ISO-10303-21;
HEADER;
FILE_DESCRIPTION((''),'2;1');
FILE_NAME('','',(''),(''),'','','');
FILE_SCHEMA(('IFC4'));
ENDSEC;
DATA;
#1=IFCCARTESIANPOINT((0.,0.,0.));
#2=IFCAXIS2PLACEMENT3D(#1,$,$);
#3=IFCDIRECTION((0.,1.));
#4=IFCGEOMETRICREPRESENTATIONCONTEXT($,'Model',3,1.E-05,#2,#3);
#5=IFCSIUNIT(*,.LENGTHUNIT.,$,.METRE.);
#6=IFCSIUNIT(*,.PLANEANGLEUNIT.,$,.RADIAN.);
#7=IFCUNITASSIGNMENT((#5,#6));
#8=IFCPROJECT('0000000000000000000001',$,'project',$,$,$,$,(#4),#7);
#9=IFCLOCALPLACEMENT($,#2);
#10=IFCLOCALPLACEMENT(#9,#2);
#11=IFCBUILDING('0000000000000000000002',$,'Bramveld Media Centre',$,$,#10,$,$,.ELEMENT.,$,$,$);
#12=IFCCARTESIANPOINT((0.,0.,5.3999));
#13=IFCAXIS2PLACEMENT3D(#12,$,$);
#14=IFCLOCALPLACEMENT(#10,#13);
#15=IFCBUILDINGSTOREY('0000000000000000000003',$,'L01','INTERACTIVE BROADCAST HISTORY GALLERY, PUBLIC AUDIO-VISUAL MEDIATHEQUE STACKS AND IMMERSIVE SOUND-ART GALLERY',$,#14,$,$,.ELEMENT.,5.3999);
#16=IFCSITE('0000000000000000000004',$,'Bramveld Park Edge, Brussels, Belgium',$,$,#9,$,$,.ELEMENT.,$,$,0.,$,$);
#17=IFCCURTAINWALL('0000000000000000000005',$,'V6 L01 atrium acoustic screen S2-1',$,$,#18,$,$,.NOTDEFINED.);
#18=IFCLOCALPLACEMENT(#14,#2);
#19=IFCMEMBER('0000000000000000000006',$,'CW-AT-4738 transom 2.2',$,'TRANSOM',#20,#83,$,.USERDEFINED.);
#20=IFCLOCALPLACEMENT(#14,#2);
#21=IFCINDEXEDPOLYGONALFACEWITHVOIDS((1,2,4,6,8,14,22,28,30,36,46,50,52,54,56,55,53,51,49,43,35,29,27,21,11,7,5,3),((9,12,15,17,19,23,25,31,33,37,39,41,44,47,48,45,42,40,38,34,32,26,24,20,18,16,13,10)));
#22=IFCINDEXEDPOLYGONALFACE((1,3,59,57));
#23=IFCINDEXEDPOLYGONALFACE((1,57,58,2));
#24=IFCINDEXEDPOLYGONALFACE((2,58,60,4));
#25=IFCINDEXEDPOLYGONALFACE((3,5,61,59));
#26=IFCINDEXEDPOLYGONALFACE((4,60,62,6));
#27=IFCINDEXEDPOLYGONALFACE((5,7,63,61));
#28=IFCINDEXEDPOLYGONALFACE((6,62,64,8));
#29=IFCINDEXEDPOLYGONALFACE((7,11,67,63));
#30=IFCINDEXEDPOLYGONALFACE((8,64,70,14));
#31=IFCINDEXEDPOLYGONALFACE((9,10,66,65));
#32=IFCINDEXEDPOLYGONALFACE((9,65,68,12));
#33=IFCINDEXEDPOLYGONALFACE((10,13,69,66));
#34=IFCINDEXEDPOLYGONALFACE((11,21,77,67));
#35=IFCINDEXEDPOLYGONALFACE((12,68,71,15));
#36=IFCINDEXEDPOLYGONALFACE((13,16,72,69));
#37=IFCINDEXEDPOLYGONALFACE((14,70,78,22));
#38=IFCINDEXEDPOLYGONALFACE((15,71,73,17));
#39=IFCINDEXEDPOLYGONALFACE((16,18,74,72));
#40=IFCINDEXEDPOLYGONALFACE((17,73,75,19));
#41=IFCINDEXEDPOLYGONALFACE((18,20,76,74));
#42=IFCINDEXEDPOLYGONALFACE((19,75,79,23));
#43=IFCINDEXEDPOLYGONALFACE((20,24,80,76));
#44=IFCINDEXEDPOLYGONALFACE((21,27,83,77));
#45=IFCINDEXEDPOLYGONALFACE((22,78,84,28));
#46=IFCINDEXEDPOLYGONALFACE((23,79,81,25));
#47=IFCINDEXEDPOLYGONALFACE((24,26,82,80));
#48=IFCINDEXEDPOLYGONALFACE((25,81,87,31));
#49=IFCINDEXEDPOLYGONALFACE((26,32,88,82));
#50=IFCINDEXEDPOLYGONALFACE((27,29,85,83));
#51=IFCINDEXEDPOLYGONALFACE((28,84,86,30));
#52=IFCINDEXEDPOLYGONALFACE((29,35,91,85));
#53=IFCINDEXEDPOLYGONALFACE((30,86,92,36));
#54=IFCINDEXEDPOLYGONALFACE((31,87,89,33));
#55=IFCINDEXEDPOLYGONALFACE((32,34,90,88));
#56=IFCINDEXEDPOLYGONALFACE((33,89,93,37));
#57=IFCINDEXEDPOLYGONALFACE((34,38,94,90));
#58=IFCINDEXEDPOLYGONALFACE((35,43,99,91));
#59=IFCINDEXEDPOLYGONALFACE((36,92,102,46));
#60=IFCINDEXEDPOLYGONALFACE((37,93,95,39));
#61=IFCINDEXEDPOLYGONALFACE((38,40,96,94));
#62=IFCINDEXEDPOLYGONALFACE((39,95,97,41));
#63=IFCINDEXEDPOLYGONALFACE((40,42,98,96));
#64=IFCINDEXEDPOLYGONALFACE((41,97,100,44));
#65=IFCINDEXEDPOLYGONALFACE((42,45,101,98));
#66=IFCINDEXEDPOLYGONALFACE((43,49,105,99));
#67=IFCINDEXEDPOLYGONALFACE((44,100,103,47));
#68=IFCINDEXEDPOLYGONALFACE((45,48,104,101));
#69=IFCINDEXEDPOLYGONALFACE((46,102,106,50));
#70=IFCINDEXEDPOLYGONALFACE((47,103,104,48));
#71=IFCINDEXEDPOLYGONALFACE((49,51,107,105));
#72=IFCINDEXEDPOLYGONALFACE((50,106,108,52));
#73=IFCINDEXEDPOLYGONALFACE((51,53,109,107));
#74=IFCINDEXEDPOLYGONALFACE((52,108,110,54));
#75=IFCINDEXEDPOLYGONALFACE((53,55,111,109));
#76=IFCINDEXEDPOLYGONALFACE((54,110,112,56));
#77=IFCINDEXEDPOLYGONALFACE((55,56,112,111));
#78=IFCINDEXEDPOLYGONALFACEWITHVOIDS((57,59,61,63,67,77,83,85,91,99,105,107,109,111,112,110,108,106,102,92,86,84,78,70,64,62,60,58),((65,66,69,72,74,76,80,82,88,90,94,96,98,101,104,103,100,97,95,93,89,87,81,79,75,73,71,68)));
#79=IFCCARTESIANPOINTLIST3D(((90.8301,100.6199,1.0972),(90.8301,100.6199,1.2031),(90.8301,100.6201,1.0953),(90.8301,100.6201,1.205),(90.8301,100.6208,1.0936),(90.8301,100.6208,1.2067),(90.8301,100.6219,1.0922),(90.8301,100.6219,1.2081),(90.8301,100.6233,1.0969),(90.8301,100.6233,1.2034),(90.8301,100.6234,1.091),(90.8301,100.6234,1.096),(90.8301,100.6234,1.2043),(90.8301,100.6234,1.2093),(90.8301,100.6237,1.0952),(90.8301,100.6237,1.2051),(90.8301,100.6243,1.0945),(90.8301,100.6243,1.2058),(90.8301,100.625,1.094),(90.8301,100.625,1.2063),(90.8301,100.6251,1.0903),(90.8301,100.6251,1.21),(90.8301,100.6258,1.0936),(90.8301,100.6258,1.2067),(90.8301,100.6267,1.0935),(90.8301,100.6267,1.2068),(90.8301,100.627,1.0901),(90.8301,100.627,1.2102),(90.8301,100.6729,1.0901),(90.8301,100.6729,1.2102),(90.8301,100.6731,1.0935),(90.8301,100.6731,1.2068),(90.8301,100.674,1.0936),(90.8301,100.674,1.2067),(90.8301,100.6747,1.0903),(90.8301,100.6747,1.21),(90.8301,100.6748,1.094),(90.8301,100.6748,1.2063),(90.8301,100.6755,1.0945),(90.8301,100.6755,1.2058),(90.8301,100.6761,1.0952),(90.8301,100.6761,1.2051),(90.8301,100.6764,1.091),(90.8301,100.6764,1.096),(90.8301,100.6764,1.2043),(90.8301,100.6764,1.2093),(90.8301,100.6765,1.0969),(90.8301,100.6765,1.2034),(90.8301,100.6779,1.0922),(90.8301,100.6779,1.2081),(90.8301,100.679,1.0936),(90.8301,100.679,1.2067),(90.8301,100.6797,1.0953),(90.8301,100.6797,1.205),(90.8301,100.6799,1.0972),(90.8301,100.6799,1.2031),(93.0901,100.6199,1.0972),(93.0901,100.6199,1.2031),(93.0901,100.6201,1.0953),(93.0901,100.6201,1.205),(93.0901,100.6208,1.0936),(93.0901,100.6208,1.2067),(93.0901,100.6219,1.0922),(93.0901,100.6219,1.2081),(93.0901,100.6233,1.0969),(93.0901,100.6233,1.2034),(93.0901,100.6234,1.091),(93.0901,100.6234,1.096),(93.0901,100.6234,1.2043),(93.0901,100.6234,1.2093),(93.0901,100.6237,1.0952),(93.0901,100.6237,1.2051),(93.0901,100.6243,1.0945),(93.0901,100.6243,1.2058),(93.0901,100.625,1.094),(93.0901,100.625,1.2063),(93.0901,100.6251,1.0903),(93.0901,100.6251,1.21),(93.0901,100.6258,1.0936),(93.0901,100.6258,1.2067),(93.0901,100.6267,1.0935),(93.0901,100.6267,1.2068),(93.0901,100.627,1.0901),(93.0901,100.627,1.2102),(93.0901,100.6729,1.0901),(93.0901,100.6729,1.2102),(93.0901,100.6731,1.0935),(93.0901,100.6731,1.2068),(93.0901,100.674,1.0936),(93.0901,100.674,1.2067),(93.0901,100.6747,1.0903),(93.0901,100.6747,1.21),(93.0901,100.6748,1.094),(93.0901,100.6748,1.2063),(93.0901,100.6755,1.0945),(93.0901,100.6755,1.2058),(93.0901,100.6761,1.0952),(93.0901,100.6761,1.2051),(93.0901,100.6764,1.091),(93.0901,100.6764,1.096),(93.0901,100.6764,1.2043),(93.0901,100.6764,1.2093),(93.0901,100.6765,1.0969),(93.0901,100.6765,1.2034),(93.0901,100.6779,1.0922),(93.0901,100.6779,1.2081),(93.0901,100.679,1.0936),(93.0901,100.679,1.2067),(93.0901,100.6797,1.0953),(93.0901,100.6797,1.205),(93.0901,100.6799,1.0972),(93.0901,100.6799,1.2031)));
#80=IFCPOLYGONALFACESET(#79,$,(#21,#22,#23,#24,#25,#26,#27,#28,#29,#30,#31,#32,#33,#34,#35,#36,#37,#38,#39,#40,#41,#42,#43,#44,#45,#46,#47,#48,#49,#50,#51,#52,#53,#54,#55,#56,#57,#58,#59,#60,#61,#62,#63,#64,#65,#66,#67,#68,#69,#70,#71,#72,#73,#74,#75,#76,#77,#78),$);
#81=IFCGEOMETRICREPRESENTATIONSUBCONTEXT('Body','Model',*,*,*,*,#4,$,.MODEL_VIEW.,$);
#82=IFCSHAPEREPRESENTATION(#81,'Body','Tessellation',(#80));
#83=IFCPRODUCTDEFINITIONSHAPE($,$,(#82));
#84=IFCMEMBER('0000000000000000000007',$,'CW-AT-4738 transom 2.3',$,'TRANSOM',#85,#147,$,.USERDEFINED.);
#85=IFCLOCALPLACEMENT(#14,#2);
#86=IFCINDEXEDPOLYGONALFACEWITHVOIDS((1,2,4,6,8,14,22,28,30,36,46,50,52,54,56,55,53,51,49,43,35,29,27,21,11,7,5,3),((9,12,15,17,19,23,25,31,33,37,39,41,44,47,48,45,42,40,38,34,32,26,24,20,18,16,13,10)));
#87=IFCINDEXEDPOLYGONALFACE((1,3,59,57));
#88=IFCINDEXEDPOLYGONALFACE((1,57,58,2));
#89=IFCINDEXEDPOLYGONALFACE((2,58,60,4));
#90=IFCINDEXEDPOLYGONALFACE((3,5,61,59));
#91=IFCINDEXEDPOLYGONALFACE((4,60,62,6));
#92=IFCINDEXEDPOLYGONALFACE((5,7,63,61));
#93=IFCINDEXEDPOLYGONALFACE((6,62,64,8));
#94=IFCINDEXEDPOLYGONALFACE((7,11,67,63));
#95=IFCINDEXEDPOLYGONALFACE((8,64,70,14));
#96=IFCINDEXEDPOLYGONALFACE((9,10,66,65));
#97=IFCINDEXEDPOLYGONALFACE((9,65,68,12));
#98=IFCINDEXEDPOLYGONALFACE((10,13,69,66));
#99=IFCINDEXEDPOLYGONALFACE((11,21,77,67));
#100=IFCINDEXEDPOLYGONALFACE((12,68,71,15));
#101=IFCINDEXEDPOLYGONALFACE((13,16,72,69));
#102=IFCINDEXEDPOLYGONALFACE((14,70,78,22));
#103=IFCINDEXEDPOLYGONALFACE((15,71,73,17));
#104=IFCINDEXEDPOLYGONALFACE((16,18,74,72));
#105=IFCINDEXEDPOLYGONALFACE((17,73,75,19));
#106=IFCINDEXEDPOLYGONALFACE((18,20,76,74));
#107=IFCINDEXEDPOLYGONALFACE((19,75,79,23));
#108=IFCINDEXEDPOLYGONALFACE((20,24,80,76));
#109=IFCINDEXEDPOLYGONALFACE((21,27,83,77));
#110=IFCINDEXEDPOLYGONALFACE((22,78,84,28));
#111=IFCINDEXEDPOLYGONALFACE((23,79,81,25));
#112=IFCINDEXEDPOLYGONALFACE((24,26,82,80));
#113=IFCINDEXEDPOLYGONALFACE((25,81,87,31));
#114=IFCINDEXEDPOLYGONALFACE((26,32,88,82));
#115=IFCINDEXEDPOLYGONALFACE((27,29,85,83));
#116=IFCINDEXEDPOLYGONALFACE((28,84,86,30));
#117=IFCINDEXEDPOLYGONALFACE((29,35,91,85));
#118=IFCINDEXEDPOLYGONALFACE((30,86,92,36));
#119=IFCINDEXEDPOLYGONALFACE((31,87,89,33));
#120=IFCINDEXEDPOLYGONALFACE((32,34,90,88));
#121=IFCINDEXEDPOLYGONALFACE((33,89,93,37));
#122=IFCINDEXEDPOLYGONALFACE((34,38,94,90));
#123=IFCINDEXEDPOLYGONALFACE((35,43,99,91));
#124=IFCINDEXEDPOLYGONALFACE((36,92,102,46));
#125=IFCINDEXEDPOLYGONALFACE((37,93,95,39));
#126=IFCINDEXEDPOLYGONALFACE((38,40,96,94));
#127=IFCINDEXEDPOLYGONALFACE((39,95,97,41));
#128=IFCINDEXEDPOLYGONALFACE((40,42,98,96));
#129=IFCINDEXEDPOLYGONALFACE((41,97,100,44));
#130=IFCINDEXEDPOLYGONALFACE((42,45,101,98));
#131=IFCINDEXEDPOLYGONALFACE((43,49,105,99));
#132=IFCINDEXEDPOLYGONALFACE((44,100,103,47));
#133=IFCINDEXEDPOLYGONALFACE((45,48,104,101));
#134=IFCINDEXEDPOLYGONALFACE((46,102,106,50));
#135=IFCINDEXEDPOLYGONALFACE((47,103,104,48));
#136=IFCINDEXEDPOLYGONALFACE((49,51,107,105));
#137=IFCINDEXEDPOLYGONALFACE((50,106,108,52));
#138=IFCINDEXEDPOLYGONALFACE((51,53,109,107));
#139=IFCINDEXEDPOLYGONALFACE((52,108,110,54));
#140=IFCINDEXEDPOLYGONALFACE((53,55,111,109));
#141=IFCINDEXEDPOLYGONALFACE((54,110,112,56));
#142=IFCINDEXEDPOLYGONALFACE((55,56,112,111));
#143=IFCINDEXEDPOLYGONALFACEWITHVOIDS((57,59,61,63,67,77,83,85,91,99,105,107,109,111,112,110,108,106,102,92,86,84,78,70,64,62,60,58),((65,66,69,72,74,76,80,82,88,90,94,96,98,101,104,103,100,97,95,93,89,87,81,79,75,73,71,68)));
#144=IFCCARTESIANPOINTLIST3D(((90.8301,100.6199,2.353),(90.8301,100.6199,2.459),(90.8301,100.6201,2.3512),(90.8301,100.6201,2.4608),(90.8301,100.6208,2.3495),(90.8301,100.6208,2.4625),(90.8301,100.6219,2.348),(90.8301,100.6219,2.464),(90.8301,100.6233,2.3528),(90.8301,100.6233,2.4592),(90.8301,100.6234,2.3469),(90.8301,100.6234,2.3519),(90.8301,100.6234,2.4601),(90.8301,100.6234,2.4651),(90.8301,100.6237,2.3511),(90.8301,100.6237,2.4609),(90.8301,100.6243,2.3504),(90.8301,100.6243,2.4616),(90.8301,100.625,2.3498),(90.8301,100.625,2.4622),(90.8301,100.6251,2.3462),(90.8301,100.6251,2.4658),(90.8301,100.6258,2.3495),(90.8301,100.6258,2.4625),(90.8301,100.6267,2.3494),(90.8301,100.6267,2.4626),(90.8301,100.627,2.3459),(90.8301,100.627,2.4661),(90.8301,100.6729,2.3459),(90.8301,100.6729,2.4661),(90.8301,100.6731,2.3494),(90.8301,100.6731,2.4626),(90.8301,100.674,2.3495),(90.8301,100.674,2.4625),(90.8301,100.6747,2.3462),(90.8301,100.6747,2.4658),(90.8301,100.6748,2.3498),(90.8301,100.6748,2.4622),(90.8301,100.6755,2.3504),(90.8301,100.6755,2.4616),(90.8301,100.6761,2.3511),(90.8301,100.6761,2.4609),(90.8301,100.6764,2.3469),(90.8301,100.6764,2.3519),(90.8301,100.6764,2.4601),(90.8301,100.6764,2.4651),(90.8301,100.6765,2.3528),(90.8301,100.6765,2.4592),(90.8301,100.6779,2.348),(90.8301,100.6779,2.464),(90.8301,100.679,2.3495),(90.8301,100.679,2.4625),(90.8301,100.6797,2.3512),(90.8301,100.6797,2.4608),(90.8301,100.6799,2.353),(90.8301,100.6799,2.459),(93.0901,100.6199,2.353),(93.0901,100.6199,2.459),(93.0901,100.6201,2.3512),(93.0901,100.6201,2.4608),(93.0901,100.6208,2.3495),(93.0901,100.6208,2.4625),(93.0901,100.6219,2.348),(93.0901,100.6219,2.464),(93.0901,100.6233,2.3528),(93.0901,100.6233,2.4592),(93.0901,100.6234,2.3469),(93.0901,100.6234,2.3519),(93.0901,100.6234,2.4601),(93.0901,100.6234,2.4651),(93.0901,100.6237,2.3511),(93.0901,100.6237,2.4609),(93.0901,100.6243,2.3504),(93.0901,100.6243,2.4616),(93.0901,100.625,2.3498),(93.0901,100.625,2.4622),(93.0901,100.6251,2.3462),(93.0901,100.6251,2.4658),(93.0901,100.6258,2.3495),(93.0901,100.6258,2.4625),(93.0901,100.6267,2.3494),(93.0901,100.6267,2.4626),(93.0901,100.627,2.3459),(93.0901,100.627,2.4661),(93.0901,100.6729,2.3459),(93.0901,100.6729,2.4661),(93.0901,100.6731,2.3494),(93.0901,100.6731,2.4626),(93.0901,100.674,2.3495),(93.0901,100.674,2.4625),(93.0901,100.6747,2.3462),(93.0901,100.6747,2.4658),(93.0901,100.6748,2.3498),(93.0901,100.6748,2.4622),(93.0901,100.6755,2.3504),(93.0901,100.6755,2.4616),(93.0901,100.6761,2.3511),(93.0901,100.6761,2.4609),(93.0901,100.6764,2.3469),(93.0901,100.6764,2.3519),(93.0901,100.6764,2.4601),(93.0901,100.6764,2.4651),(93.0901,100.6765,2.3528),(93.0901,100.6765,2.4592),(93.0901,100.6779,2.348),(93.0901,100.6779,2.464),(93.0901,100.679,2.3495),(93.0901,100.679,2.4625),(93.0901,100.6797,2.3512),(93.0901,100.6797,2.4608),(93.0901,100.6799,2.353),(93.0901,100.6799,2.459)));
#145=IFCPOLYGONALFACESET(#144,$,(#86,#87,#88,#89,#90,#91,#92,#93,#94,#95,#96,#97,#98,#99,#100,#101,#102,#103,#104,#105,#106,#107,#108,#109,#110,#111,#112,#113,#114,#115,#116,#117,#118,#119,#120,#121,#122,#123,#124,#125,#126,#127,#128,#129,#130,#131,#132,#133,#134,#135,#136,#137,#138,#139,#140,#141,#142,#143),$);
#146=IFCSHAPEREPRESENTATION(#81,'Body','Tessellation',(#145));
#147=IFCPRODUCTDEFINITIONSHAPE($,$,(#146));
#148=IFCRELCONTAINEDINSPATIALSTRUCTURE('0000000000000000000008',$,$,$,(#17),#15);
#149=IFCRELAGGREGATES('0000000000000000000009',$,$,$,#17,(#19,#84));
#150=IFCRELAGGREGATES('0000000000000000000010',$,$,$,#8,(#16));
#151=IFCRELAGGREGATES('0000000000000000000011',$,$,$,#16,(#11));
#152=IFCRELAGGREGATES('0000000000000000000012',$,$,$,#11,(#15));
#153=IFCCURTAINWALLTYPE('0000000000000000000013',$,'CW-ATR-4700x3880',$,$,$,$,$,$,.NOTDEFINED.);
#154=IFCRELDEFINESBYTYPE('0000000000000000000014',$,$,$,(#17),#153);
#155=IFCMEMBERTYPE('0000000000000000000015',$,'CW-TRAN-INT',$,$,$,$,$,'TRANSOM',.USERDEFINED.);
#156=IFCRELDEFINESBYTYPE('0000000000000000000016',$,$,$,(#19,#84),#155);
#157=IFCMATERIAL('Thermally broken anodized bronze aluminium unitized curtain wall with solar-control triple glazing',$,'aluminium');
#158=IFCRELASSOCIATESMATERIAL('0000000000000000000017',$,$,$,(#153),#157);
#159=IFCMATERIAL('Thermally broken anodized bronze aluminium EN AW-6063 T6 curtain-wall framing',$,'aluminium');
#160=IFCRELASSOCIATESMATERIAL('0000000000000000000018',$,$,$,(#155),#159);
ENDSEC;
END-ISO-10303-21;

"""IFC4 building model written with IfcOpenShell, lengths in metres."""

from ifc_helpers import new_model, si_unit, direction, frame, origin, origin_2d, place, context, subcontext, project, spatial, hollow_rectangle, extrude, material, material_profile, profile_set, type_object, element, aggregate, save


model = new_model("IFC4")

# Units and contexts
model_context = context("Model", 3, precision=1e-05, world=origin(), true_north=direction((0.0, 1.0)))
body_context = subcontext(model_context, "Body", "Model", "MODEL_VIEW")
ifc_project = project(units=[si_unit("LENGTHUNIT", "METRE"), si_unit("PLANEANGLEUNIT", "RADIAN")], contexts=[model_context])

# Site, building, storey
site_placement = place(None, origin())
site = spatial("IfcSite", under=ifc_project, at=site_placement, Name="Bramveld Park Edge, Brussels, Belgium", CompositionType="ELEMENT", RefElevation=0.0)
building_placement = place(site_placement, origin())
building = spatial("IfcBuilding", under=site, at=building_placement, Name="Bramveld Media Centre", CompositionType="ELEMENT")
storey_placement = place(building_placement, frame((0.0, 0.0, 5.3999)))
storey = spatial("IfcBuildingStorey", under=building, at=storey_placement, Name="L01", Description="INTERACTIVE BROADCAST HISTORY GALLERY, PUBLIC AUDIO-VISUAL MEDIATHEQUE STACKS AND IMMERSIVE SOUND-ART GALLERY", CompositionType="ELEMENT", Elevation=5.3999)

# Curtain wall, members
ifc_material_1 = material(Name="Thermally broken anodized bronze aluminium unitized curtain wall with solar-control triple glazing", Category="aluminium")
curtain_wall_type = type_object("IfcCurtainWallType", Name="CW-ATR-4700x3880", PredefinedType="NOTDEFINED", material=ifc_material_1)
curtain_wall_placement = place(storey_placement, origin())
curtain_wall = element("IfcCurtainWall", 1, at=curtain_wall_placement, inside=storey, type_object=curtain_wall_type, Name="V6 L01 atrium acoustic screen S2-1", PredefinedType="NOTDEFINED")
ifc_material_2 = material(Name="Thermally broken anodized bronze aluminium EN AW-6063 T6 curtain-wall framing", Category="aluminium")
ifc_material_profile_1 = material_profile(ifc_material_2, hollow_rectangle(XDim=0.0601, YDim=0.1201, WallThickness=0.0034, InnerFilletRadius=0.0034, OuterFilletRadius=0.0071, at=origin_2d()), Name="AL-TRAN 60x120")
ifc_profile_set_1 = profile_set([ifc_material_profile_1], Name="Thermally broken anodized bronze aluminium EN AW-6063 T6 curtain-wall framing")
member_type_1 = type_object("IfcMemberType", Name="CW-TRAN-INT", ElementType="TRANSOM", PredefinedType="USERDEFINED", material=ifc_profile_set_1)
member_1_placement = place(storey_placement, frame((90.8301, 100.6499, 1.1501), z_axis=(1.0, 0.0, 0.0), x_axis=(0.0, 1.0, 0.0)))
member_1 = element("IfcMember", 2, at=member_1_placement, type_object=member_type_1, Name="CW-AT-4738 transom 2.2", ObjectType="TRANSOM", PredefinedType="USERDEFINED", context=body_context, shape_type="SweptSolid", body=[
    extrude(hollow_rectangle(XDim=0.0601, YDim=0.1201, WallThickness=0.0034, InnerFilletRadius=0.0034, OuterFilletRadius=0.0071, at=origin_2d()), origin(), (0.0, 0.0, 1.0), 2.26),
])
member_2_placement = place(storey_placement, frame((90.8301, 100.6499, 2.406), z_axis=(1.0, 0.0, 0.0), x_axis=(0.0, 1.0, 0.0)))
member_2 = element("IfcMember", 3, at=member_2_placement, type_object=member_type_1, Name="CW-AT-4738 transom 2.3", ObjectType="TRANSOM", PredefinedType="USERDEFINED", context=body_context, shape_type="SweptSolid", body=[
    extrude(hollow_rectangle(XDim=0.0601, YDim=0.1201, WallThickness=0.0034, InnerFilletRadius=0.0034, OuterFilletRadius=0.0071, at=origin_2d()), origin(), (0.0, 0.0, 1.0), 2.26),
])
aggregate(curtain_wall, [member_1, member_2])

save(model, "model.ifc")
